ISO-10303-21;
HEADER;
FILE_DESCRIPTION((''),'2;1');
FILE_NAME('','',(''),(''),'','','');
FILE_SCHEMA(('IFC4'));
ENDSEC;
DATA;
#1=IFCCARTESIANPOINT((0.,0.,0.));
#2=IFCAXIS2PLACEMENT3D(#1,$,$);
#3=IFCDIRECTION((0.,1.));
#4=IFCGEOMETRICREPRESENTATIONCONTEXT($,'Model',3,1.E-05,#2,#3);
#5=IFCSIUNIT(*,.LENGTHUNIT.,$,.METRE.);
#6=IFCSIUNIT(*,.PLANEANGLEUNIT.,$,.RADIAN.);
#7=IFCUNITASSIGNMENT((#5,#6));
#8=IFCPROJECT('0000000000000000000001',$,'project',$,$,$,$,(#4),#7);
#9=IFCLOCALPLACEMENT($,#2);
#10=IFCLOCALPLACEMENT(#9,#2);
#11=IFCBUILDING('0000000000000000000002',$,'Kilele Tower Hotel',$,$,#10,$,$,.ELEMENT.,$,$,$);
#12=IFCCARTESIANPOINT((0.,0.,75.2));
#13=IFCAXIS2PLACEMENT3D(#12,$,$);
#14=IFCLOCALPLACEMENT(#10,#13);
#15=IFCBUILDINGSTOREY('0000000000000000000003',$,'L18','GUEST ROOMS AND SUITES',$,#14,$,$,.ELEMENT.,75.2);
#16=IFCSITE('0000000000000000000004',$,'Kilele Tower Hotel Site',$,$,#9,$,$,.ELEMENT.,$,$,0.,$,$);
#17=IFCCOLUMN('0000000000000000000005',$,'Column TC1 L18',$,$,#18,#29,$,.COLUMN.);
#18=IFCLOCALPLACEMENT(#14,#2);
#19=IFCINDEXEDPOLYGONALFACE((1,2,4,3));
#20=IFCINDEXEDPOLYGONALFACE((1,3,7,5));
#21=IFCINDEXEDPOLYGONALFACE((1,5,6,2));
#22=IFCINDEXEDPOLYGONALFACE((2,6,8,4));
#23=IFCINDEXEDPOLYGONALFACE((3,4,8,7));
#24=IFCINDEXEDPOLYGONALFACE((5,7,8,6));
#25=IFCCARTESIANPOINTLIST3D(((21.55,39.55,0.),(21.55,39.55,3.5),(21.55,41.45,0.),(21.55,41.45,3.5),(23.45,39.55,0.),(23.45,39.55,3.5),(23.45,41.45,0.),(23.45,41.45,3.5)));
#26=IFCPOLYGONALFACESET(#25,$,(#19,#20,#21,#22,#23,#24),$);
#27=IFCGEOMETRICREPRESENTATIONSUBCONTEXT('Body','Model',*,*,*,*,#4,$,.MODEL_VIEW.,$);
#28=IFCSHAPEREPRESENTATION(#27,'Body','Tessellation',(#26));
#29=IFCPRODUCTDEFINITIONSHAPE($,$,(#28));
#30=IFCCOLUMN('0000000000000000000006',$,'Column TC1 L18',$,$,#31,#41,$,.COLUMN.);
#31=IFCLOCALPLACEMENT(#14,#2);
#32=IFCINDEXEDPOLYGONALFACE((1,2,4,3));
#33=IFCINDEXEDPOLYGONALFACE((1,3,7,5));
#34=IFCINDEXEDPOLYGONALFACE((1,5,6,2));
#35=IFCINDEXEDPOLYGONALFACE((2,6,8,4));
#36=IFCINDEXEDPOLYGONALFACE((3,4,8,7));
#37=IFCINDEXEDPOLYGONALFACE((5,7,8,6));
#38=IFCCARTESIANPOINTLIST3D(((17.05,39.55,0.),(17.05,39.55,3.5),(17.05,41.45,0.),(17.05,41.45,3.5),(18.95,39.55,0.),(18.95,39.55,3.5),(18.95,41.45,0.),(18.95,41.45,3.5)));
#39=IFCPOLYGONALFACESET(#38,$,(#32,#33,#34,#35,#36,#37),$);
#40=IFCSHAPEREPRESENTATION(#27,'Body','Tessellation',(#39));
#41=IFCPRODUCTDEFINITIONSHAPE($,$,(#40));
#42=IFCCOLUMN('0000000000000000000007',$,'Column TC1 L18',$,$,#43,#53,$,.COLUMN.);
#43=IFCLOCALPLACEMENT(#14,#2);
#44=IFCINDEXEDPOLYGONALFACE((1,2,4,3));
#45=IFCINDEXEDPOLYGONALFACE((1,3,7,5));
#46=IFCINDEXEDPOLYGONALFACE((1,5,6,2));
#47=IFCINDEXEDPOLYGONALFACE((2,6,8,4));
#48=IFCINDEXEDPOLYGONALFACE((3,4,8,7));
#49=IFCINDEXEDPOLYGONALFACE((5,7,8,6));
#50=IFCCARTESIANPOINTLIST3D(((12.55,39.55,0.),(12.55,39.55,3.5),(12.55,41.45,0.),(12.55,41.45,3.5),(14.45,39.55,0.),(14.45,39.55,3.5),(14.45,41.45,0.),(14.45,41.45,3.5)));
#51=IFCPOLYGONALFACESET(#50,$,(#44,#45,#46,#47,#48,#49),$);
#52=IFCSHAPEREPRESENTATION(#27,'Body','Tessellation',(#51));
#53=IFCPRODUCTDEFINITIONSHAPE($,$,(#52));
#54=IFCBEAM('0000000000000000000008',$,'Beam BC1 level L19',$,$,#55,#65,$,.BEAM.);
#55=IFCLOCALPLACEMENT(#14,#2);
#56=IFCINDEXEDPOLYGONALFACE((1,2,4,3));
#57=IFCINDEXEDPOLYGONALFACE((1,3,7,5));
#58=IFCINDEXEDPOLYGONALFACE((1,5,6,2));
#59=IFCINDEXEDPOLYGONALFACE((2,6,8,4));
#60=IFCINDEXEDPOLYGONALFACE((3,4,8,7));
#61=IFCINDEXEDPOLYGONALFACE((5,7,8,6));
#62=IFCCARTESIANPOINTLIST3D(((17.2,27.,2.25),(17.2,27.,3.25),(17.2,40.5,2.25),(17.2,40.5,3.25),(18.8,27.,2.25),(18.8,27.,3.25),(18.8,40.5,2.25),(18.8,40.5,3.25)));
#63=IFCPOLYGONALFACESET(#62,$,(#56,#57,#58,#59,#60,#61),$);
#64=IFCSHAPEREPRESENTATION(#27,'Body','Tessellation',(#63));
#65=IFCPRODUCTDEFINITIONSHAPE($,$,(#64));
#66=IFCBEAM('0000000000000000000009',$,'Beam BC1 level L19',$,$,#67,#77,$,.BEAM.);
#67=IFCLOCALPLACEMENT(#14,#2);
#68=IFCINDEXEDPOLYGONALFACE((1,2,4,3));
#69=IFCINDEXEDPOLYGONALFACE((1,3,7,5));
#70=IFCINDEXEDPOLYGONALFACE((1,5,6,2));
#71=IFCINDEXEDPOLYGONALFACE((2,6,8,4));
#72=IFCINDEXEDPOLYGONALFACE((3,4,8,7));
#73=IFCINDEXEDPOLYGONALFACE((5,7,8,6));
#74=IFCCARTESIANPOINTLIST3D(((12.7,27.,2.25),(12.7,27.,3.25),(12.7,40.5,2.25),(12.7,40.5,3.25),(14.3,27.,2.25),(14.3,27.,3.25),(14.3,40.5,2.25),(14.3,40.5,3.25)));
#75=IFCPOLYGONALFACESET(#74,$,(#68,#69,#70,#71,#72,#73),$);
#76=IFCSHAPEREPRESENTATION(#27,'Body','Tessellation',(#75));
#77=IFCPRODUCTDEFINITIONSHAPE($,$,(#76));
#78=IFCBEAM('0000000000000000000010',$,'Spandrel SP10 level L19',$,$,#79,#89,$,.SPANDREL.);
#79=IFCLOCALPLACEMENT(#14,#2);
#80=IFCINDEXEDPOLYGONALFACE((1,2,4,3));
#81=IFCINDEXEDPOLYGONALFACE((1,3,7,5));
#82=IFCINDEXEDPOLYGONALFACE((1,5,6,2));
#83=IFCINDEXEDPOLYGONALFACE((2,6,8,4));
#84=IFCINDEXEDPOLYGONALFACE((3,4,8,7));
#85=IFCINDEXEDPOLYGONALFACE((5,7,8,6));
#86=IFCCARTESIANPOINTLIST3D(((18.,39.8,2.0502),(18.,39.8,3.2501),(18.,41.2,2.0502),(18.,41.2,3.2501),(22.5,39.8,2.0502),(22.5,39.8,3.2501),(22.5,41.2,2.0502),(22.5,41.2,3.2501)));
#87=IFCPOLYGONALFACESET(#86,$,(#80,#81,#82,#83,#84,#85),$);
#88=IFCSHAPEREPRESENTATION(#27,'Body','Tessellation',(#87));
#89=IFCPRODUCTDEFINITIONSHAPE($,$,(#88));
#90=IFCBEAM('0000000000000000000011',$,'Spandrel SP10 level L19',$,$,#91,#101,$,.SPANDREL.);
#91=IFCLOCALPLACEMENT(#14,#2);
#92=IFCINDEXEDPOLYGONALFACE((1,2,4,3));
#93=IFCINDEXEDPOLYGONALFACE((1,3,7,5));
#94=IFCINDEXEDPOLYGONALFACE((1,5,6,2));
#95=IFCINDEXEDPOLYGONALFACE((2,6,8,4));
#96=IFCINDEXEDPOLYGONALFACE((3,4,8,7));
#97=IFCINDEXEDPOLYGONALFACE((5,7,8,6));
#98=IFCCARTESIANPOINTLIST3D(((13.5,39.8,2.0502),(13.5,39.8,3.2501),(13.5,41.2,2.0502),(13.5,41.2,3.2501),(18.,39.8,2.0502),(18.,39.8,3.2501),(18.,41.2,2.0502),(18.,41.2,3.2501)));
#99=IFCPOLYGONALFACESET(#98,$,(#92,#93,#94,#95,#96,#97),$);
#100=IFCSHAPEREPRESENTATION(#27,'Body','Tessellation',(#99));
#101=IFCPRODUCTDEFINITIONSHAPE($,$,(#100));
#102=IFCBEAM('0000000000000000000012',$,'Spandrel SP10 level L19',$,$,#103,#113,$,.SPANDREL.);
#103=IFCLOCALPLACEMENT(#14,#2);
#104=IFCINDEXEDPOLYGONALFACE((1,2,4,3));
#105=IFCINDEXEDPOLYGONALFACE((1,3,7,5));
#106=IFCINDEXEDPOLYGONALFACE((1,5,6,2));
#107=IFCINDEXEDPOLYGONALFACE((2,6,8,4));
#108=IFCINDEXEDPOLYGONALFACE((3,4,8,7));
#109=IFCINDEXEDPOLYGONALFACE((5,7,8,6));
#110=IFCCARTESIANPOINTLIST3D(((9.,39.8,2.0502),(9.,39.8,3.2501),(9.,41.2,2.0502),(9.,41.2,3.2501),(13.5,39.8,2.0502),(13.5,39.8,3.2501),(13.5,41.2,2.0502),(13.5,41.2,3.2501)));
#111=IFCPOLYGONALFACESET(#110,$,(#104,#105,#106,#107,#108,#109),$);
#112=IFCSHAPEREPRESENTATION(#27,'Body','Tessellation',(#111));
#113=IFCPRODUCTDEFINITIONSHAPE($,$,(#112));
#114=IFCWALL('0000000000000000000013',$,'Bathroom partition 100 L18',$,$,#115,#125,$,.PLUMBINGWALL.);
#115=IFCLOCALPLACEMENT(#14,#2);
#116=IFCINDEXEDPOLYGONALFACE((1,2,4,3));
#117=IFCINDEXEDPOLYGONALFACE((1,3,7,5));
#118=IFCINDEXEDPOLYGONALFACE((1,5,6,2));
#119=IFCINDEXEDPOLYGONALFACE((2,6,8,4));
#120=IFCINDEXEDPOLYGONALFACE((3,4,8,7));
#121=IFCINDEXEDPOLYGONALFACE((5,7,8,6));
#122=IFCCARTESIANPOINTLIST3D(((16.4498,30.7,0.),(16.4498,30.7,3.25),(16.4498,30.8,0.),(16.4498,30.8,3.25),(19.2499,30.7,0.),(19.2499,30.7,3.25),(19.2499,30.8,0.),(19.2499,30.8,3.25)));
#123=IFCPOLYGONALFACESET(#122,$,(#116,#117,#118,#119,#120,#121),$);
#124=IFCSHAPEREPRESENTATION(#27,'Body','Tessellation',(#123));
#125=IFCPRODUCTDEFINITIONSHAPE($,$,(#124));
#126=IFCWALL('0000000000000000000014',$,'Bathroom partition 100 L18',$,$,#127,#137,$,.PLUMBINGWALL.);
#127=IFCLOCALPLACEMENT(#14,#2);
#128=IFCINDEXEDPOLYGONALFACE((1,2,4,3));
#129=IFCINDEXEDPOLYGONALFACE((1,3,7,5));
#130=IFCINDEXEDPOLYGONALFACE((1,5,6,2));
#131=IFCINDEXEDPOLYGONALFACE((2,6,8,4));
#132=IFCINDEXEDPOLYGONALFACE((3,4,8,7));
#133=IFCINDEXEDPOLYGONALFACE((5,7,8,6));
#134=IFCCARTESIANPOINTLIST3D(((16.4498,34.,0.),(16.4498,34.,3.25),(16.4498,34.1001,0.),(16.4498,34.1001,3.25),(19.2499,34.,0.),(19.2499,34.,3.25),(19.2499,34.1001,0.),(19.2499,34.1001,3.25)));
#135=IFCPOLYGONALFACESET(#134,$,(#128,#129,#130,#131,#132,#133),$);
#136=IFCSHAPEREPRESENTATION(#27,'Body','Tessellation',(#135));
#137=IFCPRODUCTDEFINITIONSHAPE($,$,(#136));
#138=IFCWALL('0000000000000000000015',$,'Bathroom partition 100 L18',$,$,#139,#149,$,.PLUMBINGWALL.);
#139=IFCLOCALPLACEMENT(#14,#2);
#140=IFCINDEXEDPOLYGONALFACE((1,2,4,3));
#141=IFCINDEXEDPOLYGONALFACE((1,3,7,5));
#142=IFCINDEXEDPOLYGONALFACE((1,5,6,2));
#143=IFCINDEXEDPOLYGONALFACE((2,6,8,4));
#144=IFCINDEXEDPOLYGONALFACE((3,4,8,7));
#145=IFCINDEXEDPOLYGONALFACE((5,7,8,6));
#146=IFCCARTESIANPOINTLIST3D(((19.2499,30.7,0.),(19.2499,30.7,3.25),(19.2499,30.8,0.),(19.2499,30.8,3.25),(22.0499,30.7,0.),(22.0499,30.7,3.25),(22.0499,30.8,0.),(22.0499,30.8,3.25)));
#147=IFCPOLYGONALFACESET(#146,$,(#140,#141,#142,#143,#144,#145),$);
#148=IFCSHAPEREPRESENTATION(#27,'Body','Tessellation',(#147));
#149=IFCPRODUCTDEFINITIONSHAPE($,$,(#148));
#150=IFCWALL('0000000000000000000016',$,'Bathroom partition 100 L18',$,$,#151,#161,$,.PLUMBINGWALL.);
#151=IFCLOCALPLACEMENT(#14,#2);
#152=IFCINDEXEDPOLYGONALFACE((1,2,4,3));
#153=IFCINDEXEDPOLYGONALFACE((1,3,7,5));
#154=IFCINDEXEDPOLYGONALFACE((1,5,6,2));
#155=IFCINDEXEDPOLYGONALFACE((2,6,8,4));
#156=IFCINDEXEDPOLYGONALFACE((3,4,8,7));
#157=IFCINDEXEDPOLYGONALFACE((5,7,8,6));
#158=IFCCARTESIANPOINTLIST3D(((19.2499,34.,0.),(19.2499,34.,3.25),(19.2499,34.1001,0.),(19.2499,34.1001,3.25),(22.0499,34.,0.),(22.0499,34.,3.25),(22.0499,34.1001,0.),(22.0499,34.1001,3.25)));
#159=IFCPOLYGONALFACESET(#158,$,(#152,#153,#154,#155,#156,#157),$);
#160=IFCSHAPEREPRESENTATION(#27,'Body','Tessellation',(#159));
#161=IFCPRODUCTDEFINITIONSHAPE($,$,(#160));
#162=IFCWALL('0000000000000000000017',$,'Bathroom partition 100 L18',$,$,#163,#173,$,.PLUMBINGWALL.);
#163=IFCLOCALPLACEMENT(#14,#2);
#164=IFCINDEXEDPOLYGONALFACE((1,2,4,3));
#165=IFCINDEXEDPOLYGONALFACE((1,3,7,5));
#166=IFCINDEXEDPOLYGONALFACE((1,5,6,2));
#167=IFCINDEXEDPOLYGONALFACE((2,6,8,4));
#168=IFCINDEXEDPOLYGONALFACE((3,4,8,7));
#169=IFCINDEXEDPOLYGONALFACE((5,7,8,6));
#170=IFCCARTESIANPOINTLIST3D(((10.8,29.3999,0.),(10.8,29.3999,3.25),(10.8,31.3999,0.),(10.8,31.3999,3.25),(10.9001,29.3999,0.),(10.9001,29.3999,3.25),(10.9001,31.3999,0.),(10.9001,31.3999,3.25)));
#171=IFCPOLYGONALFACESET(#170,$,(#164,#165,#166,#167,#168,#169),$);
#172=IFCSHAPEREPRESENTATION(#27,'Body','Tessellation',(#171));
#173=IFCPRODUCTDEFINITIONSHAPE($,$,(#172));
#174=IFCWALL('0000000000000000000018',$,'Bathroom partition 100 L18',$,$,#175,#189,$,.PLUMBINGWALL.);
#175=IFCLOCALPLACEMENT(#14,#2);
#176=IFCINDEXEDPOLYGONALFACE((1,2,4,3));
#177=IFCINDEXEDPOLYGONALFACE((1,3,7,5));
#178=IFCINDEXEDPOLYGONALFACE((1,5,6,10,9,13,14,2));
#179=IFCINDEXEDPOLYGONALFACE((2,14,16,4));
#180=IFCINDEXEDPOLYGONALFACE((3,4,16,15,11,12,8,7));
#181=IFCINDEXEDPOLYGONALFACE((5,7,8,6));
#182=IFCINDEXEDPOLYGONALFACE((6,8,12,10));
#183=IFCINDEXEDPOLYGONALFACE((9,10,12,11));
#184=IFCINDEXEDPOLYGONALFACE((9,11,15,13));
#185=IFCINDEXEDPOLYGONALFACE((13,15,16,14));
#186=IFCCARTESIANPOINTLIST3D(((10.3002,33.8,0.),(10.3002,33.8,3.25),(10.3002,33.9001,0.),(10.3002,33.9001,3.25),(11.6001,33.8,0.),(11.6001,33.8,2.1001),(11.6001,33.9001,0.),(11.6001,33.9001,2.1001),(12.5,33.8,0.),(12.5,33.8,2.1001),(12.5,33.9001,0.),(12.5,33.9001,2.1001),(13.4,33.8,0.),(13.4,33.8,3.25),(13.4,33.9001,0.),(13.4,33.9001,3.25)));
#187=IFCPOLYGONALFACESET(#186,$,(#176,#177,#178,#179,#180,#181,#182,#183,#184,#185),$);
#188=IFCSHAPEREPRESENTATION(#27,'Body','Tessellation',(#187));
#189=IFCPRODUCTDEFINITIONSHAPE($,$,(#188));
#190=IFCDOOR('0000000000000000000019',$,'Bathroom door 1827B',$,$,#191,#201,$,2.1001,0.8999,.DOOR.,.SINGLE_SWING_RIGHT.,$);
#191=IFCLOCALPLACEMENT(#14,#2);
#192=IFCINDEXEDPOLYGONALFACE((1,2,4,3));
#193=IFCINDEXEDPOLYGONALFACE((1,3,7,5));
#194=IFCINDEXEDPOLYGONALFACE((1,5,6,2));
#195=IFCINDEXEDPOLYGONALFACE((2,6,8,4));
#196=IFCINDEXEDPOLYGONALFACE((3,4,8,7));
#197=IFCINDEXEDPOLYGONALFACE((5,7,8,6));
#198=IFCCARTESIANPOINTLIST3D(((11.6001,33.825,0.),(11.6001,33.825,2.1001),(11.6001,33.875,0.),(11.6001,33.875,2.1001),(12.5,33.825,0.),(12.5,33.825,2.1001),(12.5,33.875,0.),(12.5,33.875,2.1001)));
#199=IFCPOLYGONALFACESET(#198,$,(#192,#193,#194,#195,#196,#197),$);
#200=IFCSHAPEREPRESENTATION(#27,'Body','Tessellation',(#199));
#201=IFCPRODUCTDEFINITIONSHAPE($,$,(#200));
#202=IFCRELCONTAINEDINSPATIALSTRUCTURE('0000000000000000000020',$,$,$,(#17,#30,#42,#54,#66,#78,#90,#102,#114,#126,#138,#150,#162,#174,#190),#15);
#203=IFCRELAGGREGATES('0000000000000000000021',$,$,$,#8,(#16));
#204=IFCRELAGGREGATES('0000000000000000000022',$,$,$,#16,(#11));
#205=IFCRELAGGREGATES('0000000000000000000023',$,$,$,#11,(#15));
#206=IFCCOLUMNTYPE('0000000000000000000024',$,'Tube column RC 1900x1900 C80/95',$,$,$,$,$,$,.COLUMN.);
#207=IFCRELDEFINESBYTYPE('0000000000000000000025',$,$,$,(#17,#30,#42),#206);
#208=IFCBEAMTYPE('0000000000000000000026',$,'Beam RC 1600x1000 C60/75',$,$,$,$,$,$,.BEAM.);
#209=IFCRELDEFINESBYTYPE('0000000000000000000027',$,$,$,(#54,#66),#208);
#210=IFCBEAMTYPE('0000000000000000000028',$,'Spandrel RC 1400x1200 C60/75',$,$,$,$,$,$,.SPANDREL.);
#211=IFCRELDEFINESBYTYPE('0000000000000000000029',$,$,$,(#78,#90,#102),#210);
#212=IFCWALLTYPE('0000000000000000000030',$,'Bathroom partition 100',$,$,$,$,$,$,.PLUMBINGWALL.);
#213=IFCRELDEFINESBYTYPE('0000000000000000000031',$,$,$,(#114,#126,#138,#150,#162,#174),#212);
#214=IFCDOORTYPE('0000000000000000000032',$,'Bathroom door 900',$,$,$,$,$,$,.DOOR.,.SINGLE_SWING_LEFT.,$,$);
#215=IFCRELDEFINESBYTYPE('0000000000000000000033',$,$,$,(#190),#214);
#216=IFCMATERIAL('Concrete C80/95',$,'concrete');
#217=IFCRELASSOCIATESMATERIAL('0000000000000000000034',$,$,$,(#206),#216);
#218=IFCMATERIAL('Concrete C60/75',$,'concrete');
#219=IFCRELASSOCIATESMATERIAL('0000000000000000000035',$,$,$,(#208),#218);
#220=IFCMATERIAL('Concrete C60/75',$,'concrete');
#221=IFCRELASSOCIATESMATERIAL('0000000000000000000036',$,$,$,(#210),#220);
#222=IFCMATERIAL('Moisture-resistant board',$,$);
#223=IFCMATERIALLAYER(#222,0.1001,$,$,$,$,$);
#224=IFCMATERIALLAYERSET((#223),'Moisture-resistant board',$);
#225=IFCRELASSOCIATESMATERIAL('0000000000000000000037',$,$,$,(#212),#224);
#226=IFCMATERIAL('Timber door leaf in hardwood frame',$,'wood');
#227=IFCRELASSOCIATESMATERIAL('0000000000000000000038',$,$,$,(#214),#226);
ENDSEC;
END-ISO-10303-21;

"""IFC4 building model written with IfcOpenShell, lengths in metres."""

from ifc_helpers import new_model, si_unit, direction, frame, frame_2d, origin, origin_2d, place, context, subcontext, project, spatial, rectangle, extrude, material, layer, layer_set, material_profile, profile_set, type_object, element, fill, save


model = new_model("IFC4")

# Units and contexts
model_context = context("Model", 3, precision=1e-05, world=origin(), true_north=direction((0.0, 1.0)))
body_context = subcontext(model_context, "Body", "Model", "MODEL_VIEW")
ifc_project = project(units=[si_unit("LENGTHUNIT", "METRE"), si_unit("PLANEANGLEUNIT", "RADIAN")], contexts=[model_context])

# Site, building, storey
site_placement = place(None, origin())
site = spatial("IfcSite", under=ifc_project, at=site_placement, Name="Kilele Tower Hotel Site", CompositionType="ELEMENT", RefElevation=0.0)
building_placement = place(site_placement, origin())
building = spatial("IfcBuilding", under=site, at=building_placement, Name="Kilele Tower Hotel", CompositionType="ELEMENT")
storey_placement = place(building_placement, frame((0.0, 0.0, 75.2)))
storey = spatial("IfcBuildingStorey", under=building, at=storey_placement, Name="L18", Description="GUEST ROOMS AND SUITES", CompositionType="ELEMENT", Elevation=75.2)

# Columns
ifc_material_1 = material(Name="Concrete C80/95", Category="concrete")
ifc_material_profile_1 = material_profile(ifc_material_1, rectangle(XDim=1.8999, YDim=1.8999, at=origin_2d()))
ifc_profile_set_1 = profile_set([ifc_material_profile_1], Name="Concrete C80/95")
column_type = type_object("IfcColumnType", Name="Tube column RC 1900x1900 C80/95", PredefinedType="COLUMN", material=ifc_profile_set_1)
for number, where, z_axis, x_axis, name in (
    (1, (22.5, 40.5, 0.0), (0.0, 0.0, 1.0), (1.0, 0.0, 0.0), "Column TC1 L18"),
    (2, (18.0, 40.5, 0.0), (0.0, 0.0, 1.0), (1.0, 0.0, 0.0), "Column TC1 L18"),
    (3, (13.5, 40.5, 0.0), (0.0, 0.0, 1.0), (1.0, 0.0, 0.0), "Column TC1 L18"),
):
    element("IfcColumn", number, at=place(storey_placement, frame(where, z_axis=z_axis, x_axis=x_axis)), inside=storey, type_object=column_type, Name=name, PredefinedType="COLUMN", context=body_context, shape_type="SweptSolid", body=[
        extrude(rectangle(XDim=1.8999, YDim=1.8999, at=origin_2d()), origin(), (0.0, 0.0, 1.0), 3.5),
    ])

# Beams
ifc_material_2 = material(Name="Concrete C60/75", Category="concrete")
ifc_material_profile_2 = material_profile(ifc_material_2, rectangle(XDim=1.6001, YDim=1.0, at=origin_2d()))
ifc_profile_set_2 = profile_set([ifc_material_profile_2], Name="Concrete C60/75")
beam_type_1 = type_object("IfcBeamType", Name="Beam RC 1600x1000 C60/75", PredefinedType="BEAM", material=ifc_profile_set_2)
for number, where, z_axis, x_axis, name in (
    (4, (18.0, 40.5, 2.75), (0.0, -1.0, 0.0), (1.0, 0.0, 0.0), "Beam BC1 level L19"),
    (5, (13.5, 40.5, 2.75), (0.0, -1.0, 0.0), (1.0, 0.0, 0.0), "Beam BC1 level L19"),
):
    element("IfcBeam", number, at=place(storey_placement, frame(where, z_axis=z_axis, x_axis=x_axis)), inside=storey, type_object=beam_type_1, Name=name, PredefinedType="BEAM", context=body_context, shape_type="SweptSolid", body=[
        extrude(rectangle(XDim=1.6001, YDim=1.0, at=origin_2d()), origin(), (0.0, 0.0, 1.0), 13.5),
    ])
ifc_material_3 = material(Name="Concrete C60/75", Category="concrete")
ifc_material_profile_3 = material_profile(ifc_material_3, rectangle(XDim=1.3999, YDim=1.2, at=origin_2d()))
ifc_profile_set_3 = profile_set([ifc_material_profile_3], Name="Concrete C60/75")
beam_type_2 = type_object("IfcBeamType", Name="Spandrel RC 1400x1200 C60/75", PredefinedType="SPANDREL", material=ifc_profile_set_3)
for number, where, z_axis, x_axis, name in (
    (6, (22.5, 40.5, 2.6501), (-1.0, 0.0, 0.0), (0.0, -1.0, 0.0), "Spandrel SP10 level L19"),
    (7, (18.0, 40.5, 2.6501), (-1.0, 0.0, 0.0), (0.0, -1.0, 0.0), "Spandrel SP10 level L19"),
    (8, (13.5, 40.5, 2.6501), (-1.0, 0.0, 0.0), (0.0, -1.0, 0.0), "Spandrel SP10 level L19"),
):
    element("IfcBeam", number, at=place(storey_placement, frame(where, z_axis=z_axis, x_axis=x_axis)), inside=storey, type_object=beam_type_2, Name=name, PredefinedType="SPANDREL", context=body_context, shape_type="SweptSolid", body=[
        extrude(rectangle(XDim=1.3999, YDim=1.2, at=origin_2d()), origin(), (0.0, 0.0, 1.0), 4.5),
    ])

# Walls
ifc_material_4 = material(Name="Moisture-resistant board")
ifc_layer_1 = layer(ifc_material_4, 0.1001)
ifc_layer_set_1 = layer_set([ifc_layer_1], Name="Moisture-resistant board")
wall_type_1 = type_object("IfcWallType", Name="Bathroom partition 100", PredefinedType="PLUMBINGWALL", material=ifc_layer_set_1)
for number, where, z_axis, x_axis, name in (
    (9, (16.45, 30.75, 0.0), (0.0, 0.0, 1.0), (1.0, 0.0, 0.0), "Bathroom partition 100 L18"),
    (10, (16.45, 34.05, 0.0), (0.0, 0.0, 1.0), (1.0, 0.0, 0.0), "Bathroom partition 100 L18"),
    (11, (19.25, 30.75, 0.0), (0.0, 0.0, 1.0), (1.0, 0.0, 0.0), "Bathroom partition 100 L18"),
    (12, (19.25, 34.05, 0.0), (0.0, 0.0, 1.0), (1.0, 0.0, 0.0), "Bathroom partition 100 L18"),
):
    element("IfcWall", number, at=place(storey_placement, frame(where, z_axis=z_axis, x_axis=x_axis)), inside=storey, type_object=wall_type_1, Name=name, PredefinedType="PLUMBINGWALL", context=body_context, shape_type="SweptSolid", body=[
        extrude(rectangle(XDim=2.8, YDim=0.1001, at=frame_2d((1.3999, 0.0))), origin(), (0.0, 0.0, 1.0), 3.25),
    ])
wall_1_placement = place(storey_placement, frame((10.8501, 31.3999, 0.0), z_axis=(0.0, 0.0, 1.0), x_axis=(0.0, -1.0, 0.0)))
element("IfcWall", 13, at=wall_1_placement, inside=storey, type_object=wall_type_1, Name="Bathroom partition 100 L18", PredefinedType="PLUMBINGWALL", context=body_context, shape_type="SweptSolid", body=[
    extrude(rectangle(XDim=2.0, YDim=0.1001, at=frame_2d((1.0, 0.0))), origin(), (0.0, 0.0, 1.0), 3.25),
])

# Wall, opening, door
wall_2_placement = place(storey_placement, frame((13.3999, 33.8501, 0.0), z_axis=(0.0, 0.0, 1.0), x_axis=(-1.0, 0.0, 0.0)))
wall_2 = element("IfcWall", 14, at=wall_2_placement, inside=storey, type_object=wall_type_1, Name="Bathroom partition 100 L18", PredefinedType="PLUMBINGWALL", context=body_context, shape_type="SweptSolid", body=[
    extrude(rectangle(XDim=3.0999, YDim=0.1001, at=frame_2d((1.5498, 0.0))), origin(), (0.0, 0.0, 1.0), 3.25),
])
opening_1_placement = place(wall_2_placement, frame((1.7998, 0.0, 0.0), z_axis=(0.0, 0.0, 1.0), x_axis=(-1.0, 0.0, 0.0)))
opening_1 = element("IfcOpeningElement", 15, at=opening_1_placement, cuts=wall_2, PredefinedType="OPENING", context=body_context, shape_type="SweptSolid", body=[
    extrude(rectangle(XDim=0.8999, YDim=2.1001, at=frame_2d((0.45, 1.05))), frame((0.0, 0.0601, 0.0), z_axis=(0.0, -1.0, 0.0), x_axis=(1.0, 0.0, 0.0)), (0.0, 0.0, 1.0), 0.1201),
])
ifc_material_5 = material(Name="Timber door leaf in hardwood frame", Category="wood")
door_type_1 = type_object("IfcDoorType", Name="Bathroom door 900", OperationType="SINGLE_SWING_LEFT", PredefinedType="DOOR", material=ifc_material_5)
door_1_placement = place(opening_1_placement, origin())
door_1 = element("IfcDoor", 16, at=door_1_placement, inside=storey, type_object=door_type_1, Name="Bathroom door 1827B", OperationType="SINGLE_SWING_RIGHT", OverallHeight=2.1001, OverallWidth=0.8999, PredefinedType="DOOR", context=body_context, shape_type="SweptSolid", body=[
    extrude(rectangle(XDim=0.8999, YDim=2.1001, at=frame_2d((0.45, 1.05))), frame((0.0, 0.0249, 0.0), z_axis=(0.0, -1.0, 0.0), x_axis=(1.0, 0.0, 0.0)), (0.0, 0.0, 1.0), 0.05),
])
fill(opening_1, door_1)

save(model, "model.ifc")
